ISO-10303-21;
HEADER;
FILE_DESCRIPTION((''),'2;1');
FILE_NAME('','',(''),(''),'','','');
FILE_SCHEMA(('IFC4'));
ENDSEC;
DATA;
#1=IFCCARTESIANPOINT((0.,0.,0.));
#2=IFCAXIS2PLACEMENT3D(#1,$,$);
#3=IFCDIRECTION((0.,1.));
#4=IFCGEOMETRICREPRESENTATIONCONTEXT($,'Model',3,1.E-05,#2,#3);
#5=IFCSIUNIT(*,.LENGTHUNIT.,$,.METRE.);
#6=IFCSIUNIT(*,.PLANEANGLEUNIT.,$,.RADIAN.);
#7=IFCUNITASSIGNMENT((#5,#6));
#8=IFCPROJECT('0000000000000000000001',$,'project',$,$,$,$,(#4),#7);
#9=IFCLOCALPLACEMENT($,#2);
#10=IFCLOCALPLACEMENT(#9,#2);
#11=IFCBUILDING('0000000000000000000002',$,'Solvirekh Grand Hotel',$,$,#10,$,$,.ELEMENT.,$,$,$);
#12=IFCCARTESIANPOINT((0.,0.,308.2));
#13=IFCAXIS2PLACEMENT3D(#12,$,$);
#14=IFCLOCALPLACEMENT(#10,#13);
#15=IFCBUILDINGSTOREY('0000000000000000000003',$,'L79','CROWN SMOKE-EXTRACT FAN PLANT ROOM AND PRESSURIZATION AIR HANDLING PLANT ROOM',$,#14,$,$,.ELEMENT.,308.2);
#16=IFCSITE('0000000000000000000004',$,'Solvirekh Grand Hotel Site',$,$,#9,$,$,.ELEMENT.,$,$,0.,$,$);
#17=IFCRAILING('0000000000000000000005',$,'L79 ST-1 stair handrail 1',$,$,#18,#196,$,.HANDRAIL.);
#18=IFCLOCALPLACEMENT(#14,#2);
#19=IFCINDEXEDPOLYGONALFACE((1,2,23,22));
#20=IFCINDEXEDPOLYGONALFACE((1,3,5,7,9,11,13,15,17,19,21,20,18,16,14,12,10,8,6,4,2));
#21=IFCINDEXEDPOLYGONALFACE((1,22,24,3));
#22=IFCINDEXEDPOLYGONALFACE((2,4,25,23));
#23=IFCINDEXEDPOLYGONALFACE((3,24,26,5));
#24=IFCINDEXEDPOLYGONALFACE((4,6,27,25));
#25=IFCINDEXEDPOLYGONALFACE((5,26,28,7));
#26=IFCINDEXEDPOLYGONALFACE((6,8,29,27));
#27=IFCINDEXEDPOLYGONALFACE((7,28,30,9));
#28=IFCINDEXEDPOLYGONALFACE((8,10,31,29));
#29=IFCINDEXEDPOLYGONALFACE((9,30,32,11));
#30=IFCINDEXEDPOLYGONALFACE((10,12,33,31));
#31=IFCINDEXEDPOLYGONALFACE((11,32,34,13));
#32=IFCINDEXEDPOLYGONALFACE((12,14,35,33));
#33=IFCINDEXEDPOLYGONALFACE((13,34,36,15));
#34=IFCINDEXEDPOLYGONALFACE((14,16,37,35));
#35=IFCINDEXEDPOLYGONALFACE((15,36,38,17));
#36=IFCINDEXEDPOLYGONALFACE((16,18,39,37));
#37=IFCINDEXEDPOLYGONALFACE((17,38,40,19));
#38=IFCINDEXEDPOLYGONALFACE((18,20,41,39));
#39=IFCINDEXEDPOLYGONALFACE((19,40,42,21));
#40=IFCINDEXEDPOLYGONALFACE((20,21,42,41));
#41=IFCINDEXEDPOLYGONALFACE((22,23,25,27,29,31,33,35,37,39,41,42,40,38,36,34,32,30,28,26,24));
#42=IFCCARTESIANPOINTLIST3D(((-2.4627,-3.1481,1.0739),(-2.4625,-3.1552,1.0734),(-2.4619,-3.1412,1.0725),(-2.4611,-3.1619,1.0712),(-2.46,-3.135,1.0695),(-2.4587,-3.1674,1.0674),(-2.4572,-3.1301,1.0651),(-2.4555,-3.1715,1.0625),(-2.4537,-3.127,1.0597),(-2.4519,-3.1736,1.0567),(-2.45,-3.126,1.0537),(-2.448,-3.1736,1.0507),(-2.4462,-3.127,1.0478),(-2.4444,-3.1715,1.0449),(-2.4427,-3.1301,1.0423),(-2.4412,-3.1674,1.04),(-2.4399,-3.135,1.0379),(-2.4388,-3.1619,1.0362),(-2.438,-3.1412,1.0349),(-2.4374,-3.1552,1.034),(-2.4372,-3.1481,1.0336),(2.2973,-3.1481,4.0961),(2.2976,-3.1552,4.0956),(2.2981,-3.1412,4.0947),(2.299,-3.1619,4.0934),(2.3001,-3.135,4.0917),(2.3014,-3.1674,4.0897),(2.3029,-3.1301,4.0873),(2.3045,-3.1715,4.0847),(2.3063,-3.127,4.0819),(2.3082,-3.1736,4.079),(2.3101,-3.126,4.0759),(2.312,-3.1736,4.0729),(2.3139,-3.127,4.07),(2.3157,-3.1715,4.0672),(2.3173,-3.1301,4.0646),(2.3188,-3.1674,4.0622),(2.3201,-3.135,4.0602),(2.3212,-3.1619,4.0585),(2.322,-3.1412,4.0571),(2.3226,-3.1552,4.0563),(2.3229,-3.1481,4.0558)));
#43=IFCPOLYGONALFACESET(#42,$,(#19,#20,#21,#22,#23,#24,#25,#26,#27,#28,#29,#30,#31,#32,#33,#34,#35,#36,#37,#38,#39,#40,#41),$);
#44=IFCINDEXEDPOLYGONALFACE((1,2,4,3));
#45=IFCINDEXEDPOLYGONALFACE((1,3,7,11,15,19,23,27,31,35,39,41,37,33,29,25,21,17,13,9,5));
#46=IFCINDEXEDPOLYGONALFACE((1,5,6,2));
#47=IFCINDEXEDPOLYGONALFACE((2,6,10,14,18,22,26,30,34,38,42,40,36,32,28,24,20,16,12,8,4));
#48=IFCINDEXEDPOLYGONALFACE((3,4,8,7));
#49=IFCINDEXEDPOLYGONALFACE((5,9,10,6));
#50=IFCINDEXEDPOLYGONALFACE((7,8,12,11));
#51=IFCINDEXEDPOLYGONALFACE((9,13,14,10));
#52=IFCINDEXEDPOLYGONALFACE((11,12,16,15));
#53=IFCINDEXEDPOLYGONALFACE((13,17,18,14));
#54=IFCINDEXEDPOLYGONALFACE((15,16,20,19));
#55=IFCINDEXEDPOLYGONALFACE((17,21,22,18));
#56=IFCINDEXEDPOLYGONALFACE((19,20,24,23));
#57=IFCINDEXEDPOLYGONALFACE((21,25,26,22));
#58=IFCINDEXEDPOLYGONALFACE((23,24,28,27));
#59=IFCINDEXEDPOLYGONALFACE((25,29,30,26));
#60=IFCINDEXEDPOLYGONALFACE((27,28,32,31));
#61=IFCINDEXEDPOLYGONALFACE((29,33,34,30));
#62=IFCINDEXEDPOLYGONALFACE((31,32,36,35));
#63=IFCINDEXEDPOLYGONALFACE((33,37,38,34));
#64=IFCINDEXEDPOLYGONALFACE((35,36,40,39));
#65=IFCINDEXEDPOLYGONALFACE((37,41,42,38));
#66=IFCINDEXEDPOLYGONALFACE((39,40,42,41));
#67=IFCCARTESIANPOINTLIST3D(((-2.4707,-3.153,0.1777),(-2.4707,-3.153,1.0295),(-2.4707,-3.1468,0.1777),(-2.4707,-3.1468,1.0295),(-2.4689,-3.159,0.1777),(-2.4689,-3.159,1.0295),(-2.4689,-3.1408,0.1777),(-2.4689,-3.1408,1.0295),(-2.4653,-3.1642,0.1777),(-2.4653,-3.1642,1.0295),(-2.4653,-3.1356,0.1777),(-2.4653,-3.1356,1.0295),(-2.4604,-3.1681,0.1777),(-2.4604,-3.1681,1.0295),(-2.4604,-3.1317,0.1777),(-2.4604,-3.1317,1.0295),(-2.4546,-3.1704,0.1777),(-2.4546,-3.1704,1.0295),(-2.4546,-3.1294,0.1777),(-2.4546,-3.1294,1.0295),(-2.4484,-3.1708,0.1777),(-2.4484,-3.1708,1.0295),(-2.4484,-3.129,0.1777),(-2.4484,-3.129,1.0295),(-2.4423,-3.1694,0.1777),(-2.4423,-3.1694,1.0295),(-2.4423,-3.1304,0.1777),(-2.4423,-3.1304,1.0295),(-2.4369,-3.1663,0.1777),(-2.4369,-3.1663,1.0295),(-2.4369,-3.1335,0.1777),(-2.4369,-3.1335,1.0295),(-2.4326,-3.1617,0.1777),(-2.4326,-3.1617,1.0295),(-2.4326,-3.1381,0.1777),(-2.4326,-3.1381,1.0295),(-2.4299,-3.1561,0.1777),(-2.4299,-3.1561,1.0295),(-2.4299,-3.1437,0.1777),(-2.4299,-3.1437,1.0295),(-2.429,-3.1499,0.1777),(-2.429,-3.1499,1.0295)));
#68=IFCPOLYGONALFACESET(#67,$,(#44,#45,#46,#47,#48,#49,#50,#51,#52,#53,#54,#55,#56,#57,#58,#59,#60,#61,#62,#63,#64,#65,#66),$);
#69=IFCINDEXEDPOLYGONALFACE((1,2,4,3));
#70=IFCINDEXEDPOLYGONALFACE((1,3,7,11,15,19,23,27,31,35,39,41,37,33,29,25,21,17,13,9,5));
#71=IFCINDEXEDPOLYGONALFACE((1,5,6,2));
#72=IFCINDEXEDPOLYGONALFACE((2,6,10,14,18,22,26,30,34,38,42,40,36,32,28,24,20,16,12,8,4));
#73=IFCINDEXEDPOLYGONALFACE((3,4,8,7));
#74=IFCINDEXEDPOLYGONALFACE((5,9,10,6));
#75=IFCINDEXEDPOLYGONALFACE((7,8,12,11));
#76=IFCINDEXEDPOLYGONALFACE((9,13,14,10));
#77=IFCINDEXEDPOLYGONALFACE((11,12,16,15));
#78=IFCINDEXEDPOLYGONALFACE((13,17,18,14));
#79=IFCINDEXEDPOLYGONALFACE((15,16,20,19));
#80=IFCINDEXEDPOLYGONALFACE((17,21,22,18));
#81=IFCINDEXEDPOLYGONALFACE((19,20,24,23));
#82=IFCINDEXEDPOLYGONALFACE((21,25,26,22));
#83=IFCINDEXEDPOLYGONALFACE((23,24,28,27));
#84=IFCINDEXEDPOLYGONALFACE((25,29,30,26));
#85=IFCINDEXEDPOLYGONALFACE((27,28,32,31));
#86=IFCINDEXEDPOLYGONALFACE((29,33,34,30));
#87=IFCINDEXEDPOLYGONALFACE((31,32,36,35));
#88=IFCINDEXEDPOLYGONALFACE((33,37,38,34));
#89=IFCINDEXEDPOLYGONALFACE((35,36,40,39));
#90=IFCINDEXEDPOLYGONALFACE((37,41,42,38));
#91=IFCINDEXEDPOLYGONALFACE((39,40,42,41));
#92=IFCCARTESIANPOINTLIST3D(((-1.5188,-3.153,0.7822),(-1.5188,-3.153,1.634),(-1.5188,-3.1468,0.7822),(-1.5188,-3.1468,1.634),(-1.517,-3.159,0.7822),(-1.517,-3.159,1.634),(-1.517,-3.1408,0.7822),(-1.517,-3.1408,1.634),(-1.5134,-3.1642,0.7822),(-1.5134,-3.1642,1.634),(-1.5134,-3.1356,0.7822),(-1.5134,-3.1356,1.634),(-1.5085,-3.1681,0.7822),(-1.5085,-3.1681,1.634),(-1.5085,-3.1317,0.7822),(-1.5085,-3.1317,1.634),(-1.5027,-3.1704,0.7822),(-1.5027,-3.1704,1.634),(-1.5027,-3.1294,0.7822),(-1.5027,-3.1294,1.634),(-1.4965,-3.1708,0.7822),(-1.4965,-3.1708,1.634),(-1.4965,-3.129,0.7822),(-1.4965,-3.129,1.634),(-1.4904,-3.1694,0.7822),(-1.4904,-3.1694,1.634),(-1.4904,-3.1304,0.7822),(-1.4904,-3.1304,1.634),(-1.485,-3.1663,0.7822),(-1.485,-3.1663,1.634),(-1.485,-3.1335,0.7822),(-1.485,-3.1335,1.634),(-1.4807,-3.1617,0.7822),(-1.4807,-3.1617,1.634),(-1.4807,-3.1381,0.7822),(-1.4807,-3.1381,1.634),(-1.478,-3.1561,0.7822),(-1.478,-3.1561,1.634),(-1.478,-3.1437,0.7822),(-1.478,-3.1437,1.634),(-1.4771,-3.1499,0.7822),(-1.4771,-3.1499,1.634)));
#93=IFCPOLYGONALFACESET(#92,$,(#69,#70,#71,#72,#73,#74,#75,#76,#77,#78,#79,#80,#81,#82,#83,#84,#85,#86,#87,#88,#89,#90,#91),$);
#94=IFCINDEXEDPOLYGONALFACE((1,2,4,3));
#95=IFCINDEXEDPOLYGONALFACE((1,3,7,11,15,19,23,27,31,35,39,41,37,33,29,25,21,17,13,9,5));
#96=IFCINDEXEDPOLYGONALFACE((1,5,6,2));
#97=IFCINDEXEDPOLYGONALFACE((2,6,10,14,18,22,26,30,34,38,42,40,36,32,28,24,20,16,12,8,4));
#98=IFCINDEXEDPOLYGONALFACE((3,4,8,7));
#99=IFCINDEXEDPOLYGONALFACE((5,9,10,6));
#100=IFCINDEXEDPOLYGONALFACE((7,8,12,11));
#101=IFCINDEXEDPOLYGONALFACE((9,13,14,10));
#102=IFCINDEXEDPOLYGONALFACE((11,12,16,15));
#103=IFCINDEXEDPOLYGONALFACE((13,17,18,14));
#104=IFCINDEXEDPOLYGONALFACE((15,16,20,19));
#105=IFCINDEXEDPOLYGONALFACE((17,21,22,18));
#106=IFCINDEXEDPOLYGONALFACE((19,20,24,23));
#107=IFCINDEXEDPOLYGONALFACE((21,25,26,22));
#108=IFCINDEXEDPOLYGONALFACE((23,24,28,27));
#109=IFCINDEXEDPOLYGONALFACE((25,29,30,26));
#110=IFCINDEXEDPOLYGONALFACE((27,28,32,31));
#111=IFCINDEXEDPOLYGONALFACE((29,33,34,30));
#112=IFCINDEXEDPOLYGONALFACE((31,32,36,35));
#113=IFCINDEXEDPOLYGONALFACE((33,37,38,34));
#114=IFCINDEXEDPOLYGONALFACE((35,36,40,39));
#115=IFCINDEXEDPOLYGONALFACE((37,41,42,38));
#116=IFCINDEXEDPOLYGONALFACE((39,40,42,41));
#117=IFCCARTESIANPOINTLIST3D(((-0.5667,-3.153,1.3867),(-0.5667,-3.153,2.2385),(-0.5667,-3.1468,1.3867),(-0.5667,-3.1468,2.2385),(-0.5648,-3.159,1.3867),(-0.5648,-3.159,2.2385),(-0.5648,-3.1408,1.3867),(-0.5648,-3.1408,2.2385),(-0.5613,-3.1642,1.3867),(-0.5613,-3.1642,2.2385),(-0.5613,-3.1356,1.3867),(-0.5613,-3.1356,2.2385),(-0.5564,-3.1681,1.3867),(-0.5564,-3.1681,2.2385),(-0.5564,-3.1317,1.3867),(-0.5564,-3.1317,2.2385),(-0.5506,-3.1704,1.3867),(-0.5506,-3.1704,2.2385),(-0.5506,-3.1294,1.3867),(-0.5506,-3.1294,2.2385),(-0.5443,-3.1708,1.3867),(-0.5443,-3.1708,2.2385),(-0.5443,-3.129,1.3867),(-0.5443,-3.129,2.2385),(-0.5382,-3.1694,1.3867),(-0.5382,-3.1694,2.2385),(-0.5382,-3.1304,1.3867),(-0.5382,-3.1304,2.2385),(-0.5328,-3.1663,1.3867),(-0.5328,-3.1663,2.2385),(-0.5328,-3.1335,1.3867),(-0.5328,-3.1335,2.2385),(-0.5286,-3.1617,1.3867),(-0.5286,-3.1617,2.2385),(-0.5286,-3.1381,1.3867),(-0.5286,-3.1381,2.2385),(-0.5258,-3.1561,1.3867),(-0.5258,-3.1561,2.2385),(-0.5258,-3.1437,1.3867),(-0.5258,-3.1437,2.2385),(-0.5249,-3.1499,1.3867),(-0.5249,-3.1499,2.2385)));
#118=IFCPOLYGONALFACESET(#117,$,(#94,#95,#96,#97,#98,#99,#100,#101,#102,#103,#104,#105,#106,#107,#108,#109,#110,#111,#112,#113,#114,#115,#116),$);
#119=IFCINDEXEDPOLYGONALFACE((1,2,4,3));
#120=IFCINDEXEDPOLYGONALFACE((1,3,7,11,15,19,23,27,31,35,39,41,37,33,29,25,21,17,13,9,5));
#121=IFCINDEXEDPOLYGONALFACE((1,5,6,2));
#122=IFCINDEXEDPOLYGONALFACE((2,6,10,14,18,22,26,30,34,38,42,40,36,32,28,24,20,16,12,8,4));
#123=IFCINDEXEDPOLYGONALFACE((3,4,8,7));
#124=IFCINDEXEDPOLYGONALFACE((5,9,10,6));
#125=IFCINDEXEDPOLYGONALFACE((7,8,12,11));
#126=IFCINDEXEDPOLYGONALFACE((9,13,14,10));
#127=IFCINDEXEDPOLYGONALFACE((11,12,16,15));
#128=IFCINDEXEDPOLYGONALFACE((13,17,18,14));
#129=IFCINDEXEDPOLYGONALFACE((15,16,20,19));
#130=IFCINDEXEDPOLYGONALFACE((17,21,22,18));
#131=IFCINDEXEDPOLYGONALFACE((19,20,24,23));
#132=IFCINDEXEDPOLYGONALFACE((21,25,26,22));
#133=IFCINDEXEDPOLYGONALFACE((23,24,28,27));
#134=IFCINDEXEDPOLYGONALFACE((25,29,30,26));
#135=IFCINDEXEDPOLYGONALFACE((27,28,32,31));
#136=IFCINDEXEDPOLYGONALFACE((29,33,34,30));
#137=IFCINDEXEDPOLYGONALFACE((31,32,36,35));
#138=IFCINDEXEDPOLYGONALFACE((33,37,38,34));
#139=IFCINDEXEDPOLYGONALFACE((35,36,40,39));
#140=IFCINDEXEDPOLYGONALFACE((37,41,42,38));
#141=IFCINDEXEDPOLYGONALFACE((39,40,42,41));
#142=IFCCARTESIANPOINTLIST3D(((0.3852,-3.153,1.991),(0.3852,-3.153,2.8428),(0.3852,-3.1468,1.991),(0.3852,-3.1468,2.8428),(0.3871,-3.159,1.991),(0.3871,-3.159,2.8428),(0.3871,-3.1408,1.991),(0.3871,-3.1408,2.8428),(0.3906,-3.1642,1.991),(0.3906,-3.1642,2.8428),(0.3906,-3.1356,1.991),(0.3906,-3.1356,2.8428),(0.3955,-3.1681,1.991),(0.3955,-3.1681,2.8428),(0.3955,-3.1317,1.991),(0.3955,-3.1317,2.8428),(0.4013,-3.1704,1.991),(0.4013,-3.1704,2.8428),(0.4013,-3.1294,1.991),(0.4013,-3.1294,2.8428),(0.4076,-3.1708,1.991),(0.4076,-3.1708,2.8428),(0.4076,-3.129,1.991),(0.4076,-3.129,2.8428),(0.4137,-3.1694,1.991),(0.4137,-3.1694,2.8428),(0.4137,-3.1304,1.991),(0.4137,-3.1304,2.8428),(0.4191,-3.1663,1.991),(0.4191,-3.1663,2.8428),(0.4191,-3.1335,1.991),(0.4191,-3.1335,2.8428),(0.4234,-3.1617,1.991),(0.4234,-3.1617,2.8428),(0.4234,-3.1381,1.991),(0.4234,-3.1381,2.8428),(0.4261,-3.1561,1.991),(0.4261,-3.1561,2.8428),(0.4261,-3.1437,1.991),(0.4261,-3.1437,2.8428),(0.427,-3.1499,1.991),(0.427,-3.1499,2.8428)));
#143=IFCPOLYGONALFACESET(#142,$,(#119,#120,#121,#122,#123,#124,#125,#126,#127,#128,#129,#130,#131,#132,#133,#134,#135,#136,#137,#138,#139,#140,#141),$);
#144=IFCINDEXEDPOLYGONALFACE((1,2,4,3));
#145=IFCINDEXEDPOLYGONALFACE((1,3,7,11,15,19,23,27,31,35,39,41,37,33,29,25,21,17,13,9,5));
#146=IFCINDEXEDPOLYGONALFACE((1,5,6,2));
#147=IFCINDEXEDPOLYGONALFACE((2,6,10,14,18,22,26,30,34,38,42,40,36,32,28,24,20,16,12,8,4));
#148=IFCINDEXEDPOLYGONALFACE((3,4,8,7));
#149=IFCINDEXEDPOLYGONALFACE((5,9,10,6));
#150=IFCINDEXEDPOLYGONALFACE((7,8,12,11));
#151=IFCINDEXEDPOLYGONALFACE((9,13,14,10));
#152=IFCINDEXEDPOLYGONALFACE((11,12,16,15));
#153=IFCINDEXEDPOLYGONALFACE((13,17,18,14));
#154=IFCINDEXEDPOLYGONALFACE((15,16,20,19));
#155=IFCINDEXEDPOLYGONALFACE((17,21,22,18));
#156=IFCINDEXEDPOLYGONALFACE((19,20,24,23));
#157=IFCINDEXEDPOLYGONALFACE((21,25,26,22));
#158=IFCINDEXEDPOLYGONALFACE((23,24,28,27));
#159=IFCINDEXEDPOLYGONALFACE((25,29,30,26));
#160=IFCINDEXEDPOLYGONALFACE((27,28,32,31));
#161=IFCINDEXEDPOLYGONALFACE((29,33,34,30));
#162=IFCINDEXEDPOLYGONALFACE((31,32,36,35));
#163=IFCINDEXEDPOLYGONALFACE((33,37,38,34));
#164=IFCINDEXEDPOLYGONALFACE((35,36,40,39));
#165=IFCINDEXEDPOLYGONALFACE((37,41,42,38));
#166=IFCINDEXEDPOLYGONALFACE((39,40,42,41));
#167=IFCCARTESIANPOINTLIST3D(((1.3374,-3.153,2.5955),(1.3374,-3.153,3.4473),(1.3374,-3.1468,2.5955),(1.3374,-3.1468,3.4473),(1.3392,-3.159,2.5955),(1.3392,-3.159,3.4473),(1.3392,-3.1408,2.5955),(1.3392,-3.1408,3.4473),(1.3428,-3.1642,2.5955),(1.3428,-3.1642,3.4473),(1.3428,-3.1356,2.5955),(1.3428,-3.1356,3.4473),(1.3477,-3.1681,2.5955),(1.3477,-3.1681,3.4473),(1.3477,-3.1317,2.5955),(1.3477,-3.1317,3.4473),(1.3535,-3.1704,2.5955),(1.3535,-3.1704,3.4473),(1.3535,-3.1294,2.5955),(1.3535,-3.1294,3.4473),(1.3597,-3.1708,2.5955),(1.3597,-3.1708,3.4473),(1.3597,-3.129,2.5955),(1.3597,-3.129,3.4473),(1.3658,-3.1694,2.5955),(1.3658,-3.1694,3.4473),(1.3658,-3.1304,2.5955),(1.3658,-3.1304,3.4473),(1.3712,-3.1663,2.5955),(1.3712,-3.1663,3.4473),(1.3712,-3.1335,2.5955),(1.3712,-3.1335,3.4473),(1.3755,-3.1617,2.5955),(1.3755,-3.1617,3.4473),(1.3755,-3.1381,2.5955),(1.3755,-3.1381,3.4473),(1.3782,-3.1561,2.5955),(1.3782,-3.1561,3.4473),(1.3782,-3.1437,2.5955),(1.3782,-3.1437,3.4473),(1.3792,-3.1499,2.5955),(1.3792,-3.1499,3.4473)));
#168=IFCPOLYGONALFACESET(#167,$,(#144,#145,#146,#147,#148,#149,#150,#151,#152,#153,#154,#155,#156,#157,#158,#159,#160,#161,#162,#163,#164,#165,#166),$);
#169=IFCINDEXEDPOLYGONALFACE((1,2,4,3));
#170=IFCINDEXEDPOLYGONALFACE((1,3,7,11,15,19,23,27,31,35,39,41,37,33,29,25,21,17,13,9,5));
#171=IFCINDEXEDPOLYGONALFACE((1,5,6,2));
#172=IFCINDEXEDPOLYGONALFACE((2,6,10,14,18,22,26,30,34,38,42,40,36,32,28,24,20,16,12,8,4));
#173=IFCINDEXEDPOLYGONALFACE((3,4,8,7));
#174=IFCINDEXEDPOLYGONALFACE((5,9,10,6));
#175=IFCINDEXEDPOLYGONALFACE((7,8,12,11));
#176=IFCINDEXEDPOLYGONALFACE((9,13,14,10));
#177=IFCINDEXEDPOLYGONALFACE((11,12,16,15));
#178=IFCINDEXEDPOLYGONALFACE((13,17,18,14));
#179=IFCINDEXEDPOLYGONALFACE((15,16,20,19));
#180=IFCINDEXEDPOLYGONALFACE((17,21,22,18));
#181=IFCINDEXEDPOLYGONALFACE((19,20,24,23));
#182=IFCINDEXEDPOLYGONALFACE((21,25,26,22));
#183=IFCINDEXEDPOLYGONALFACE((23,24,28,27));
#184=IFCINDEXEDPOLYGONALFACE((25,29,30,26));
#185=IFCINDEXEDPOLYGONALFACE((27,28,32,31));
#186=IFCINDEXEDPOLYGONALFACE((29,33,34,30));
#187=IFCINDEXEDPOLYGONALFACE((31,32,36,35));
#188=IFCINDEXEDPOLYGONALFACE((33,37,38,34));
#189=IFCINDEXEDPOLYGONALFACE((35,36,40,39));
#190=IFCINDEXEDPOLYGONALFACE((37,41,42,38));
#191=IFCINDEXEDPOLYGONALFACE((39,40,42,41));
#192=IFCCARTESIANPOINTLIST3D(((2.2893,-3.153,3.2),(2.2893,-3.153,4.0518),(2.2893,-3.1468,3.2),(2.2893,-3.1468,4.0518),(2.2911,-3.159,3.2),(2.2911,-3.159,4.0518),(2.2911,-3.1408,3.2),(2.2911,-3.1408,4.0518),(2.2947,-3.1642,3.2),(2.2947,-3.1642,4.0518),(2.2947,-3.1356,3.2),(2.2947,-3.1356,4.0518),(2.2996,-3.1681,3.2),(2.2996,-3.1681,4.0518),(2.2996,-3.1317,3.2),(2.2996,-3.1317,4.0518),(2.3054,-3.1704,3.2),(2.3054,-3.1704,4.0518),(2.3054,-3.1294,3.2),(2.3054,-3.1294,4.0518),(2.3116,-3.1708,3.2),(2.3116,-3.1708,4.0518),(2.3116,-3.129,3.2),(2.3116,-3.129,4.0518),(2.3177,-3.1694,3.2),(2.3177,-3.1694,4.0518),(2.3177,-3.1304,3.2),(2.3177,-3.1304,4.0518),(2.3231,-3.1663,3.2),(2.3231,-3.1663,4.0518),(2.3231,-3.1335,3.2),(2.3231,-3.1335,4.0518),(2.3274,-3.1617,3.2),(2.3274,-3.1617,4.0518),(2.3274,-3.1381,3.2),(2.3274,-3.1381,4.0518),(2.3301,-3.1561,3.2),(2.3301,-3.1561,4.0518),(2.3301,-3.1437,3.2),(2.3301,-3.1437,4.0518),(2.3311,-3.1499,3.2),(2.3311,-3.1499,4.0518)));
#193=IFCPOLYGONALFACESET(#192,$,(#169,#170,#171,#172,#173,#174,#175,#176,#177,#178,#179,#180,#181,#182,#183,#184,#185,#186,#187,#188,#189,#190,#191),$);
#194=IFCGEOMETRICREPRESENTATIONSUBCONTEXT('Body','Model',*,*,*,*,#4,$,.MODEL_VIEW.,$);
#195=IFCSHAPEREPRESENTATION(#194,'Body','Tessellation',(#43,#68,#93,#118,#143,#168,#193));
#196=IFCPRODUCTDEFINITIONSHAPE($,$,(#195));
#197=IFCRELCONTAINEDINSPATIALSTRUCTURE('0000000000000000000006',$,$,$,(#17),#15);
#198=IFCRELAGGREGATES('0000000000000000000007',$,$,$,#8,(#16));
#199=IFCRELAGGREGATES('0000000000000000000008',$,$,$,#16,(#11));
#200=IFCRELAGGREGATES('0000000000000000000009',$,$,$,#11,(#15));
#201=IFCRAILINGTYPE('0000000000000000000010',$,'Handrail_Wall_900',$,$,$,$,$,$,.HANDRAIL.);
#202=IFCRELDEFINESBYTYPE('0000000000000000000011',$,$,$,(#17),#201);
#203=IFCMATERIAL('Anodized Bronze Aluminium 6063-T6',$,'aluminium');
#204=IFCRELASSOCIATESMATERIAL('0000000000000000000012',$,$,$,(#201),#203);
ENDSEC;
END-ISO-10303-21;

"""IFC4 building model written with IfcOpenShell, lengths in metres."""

from ifc_helpers import new_model, si_unit, direction, frame, origin, origin_2d, place, context, subcontext, project, spatial, circle, extrude, material, type_object, element, save


model = new_model("IFC4")

# Units and contexts
model_context = context("Model", 3, precision=1e-05, world=origin(), true_north=direction((0.0, 1.0)))
body_context = subcontext(model_context, "Body", "Model", "MODEL_VIEW")
ifc_project = project(units=[si_unit("LENGTHUNIT", "METRE"), si_unit("PLANEANGLEUNIT", "RADIAN")], contexts=[model_context])

# Site, building, storey
site_placement = place(None, origin())
site = spatial("IfcSite", under=ifc_project, at=site_placement, Name="Solvirekh Grand Hotel Site", CompositionType="ELEMENT", RefElevation=0.0)
building_placement = place(site_placement, origin())
building = spatial("IfcBuilding", under=site, at=building_placement, Name="Solvirekh Grand Hotel", CompositionType="ELEMENT")
storey_placement = place(building_placement, frame((0.0, 0.0, 308.2)))
storey = spatial("IfcBuildingStorey", under=building, at=storey_placement, Name="L79", Description="CROWN SMOKE-EXTRACT FAN PLANT ROOM AND PRESSURIZATION AIR HANDLING PLANT ROOM", CompositionType="ELEMENT", Elevation=308.2)

# Shared definitions
ifc_material_1 = material(Name="Anodized Bronze Aluminium 6063-T6", Category="aluminium")

# Railing
railing_type_1 = type_object("IfcRailingType", Name="Handrail_Wall_900", PredefinedType="HANDRAIL", material=ifc_material_1)
railing_1_placement = place(storey_placement, frame((-2.45, -3.1499, 0.1777)))
element("IfcRailing", 1, at=railing_1_placement, inside=storey, type_object=railing_type_1, Name="L79 ST-1 stair handrail 1", PredefinedType="HANDRAIL", context=body_context, shape_type="SweptSolid", body=[
    extrude(circle(Radius=0.0239, at=origin_2d()), frame((0.0, 0.0, 0.876), z_axis=(0.844214, 0.0, 0.536007), x_axis=(0.0, 1.0, 0.0)), (0.0, 0.0, 1.0), 5.6384),
    extrude(circle(Radius=0.021, at=origin_2d()), origin(), (0.0, 0.0, 1.0), 0.8518),
    extrude(circle(Radius=0.021, at=origin_2d()), frame((0.9519, 0.0, 0.6045)), (0.0, 0.0, 1.0), 0.8518),
    extrude(circle(Radius=0.021, at=origin_2d()), frame((1.9041, 0.0, 1.209)), (0.0, 0.0, 1.0), 0.8518),
    extrude(circle(Radius=0.021, at=origin_2d()), frame((2.856, 0.0, 1.8132)), (0.0, 0.0, 1.0), 0.8518),
    extrude(circle(Radius=0.021, at=origin_2d()), frame((3.8081, 0.0, 2.4177)), (0.0, 0.0, 1.0), 0.8518),
    extrude(circle(Radius=0.021, at=origin_2d()), frame((4.76, 0.0, 3.0222)), (0.0, 0.0, 1.0), 0.8518),
])

save(model, "model.ifc")
